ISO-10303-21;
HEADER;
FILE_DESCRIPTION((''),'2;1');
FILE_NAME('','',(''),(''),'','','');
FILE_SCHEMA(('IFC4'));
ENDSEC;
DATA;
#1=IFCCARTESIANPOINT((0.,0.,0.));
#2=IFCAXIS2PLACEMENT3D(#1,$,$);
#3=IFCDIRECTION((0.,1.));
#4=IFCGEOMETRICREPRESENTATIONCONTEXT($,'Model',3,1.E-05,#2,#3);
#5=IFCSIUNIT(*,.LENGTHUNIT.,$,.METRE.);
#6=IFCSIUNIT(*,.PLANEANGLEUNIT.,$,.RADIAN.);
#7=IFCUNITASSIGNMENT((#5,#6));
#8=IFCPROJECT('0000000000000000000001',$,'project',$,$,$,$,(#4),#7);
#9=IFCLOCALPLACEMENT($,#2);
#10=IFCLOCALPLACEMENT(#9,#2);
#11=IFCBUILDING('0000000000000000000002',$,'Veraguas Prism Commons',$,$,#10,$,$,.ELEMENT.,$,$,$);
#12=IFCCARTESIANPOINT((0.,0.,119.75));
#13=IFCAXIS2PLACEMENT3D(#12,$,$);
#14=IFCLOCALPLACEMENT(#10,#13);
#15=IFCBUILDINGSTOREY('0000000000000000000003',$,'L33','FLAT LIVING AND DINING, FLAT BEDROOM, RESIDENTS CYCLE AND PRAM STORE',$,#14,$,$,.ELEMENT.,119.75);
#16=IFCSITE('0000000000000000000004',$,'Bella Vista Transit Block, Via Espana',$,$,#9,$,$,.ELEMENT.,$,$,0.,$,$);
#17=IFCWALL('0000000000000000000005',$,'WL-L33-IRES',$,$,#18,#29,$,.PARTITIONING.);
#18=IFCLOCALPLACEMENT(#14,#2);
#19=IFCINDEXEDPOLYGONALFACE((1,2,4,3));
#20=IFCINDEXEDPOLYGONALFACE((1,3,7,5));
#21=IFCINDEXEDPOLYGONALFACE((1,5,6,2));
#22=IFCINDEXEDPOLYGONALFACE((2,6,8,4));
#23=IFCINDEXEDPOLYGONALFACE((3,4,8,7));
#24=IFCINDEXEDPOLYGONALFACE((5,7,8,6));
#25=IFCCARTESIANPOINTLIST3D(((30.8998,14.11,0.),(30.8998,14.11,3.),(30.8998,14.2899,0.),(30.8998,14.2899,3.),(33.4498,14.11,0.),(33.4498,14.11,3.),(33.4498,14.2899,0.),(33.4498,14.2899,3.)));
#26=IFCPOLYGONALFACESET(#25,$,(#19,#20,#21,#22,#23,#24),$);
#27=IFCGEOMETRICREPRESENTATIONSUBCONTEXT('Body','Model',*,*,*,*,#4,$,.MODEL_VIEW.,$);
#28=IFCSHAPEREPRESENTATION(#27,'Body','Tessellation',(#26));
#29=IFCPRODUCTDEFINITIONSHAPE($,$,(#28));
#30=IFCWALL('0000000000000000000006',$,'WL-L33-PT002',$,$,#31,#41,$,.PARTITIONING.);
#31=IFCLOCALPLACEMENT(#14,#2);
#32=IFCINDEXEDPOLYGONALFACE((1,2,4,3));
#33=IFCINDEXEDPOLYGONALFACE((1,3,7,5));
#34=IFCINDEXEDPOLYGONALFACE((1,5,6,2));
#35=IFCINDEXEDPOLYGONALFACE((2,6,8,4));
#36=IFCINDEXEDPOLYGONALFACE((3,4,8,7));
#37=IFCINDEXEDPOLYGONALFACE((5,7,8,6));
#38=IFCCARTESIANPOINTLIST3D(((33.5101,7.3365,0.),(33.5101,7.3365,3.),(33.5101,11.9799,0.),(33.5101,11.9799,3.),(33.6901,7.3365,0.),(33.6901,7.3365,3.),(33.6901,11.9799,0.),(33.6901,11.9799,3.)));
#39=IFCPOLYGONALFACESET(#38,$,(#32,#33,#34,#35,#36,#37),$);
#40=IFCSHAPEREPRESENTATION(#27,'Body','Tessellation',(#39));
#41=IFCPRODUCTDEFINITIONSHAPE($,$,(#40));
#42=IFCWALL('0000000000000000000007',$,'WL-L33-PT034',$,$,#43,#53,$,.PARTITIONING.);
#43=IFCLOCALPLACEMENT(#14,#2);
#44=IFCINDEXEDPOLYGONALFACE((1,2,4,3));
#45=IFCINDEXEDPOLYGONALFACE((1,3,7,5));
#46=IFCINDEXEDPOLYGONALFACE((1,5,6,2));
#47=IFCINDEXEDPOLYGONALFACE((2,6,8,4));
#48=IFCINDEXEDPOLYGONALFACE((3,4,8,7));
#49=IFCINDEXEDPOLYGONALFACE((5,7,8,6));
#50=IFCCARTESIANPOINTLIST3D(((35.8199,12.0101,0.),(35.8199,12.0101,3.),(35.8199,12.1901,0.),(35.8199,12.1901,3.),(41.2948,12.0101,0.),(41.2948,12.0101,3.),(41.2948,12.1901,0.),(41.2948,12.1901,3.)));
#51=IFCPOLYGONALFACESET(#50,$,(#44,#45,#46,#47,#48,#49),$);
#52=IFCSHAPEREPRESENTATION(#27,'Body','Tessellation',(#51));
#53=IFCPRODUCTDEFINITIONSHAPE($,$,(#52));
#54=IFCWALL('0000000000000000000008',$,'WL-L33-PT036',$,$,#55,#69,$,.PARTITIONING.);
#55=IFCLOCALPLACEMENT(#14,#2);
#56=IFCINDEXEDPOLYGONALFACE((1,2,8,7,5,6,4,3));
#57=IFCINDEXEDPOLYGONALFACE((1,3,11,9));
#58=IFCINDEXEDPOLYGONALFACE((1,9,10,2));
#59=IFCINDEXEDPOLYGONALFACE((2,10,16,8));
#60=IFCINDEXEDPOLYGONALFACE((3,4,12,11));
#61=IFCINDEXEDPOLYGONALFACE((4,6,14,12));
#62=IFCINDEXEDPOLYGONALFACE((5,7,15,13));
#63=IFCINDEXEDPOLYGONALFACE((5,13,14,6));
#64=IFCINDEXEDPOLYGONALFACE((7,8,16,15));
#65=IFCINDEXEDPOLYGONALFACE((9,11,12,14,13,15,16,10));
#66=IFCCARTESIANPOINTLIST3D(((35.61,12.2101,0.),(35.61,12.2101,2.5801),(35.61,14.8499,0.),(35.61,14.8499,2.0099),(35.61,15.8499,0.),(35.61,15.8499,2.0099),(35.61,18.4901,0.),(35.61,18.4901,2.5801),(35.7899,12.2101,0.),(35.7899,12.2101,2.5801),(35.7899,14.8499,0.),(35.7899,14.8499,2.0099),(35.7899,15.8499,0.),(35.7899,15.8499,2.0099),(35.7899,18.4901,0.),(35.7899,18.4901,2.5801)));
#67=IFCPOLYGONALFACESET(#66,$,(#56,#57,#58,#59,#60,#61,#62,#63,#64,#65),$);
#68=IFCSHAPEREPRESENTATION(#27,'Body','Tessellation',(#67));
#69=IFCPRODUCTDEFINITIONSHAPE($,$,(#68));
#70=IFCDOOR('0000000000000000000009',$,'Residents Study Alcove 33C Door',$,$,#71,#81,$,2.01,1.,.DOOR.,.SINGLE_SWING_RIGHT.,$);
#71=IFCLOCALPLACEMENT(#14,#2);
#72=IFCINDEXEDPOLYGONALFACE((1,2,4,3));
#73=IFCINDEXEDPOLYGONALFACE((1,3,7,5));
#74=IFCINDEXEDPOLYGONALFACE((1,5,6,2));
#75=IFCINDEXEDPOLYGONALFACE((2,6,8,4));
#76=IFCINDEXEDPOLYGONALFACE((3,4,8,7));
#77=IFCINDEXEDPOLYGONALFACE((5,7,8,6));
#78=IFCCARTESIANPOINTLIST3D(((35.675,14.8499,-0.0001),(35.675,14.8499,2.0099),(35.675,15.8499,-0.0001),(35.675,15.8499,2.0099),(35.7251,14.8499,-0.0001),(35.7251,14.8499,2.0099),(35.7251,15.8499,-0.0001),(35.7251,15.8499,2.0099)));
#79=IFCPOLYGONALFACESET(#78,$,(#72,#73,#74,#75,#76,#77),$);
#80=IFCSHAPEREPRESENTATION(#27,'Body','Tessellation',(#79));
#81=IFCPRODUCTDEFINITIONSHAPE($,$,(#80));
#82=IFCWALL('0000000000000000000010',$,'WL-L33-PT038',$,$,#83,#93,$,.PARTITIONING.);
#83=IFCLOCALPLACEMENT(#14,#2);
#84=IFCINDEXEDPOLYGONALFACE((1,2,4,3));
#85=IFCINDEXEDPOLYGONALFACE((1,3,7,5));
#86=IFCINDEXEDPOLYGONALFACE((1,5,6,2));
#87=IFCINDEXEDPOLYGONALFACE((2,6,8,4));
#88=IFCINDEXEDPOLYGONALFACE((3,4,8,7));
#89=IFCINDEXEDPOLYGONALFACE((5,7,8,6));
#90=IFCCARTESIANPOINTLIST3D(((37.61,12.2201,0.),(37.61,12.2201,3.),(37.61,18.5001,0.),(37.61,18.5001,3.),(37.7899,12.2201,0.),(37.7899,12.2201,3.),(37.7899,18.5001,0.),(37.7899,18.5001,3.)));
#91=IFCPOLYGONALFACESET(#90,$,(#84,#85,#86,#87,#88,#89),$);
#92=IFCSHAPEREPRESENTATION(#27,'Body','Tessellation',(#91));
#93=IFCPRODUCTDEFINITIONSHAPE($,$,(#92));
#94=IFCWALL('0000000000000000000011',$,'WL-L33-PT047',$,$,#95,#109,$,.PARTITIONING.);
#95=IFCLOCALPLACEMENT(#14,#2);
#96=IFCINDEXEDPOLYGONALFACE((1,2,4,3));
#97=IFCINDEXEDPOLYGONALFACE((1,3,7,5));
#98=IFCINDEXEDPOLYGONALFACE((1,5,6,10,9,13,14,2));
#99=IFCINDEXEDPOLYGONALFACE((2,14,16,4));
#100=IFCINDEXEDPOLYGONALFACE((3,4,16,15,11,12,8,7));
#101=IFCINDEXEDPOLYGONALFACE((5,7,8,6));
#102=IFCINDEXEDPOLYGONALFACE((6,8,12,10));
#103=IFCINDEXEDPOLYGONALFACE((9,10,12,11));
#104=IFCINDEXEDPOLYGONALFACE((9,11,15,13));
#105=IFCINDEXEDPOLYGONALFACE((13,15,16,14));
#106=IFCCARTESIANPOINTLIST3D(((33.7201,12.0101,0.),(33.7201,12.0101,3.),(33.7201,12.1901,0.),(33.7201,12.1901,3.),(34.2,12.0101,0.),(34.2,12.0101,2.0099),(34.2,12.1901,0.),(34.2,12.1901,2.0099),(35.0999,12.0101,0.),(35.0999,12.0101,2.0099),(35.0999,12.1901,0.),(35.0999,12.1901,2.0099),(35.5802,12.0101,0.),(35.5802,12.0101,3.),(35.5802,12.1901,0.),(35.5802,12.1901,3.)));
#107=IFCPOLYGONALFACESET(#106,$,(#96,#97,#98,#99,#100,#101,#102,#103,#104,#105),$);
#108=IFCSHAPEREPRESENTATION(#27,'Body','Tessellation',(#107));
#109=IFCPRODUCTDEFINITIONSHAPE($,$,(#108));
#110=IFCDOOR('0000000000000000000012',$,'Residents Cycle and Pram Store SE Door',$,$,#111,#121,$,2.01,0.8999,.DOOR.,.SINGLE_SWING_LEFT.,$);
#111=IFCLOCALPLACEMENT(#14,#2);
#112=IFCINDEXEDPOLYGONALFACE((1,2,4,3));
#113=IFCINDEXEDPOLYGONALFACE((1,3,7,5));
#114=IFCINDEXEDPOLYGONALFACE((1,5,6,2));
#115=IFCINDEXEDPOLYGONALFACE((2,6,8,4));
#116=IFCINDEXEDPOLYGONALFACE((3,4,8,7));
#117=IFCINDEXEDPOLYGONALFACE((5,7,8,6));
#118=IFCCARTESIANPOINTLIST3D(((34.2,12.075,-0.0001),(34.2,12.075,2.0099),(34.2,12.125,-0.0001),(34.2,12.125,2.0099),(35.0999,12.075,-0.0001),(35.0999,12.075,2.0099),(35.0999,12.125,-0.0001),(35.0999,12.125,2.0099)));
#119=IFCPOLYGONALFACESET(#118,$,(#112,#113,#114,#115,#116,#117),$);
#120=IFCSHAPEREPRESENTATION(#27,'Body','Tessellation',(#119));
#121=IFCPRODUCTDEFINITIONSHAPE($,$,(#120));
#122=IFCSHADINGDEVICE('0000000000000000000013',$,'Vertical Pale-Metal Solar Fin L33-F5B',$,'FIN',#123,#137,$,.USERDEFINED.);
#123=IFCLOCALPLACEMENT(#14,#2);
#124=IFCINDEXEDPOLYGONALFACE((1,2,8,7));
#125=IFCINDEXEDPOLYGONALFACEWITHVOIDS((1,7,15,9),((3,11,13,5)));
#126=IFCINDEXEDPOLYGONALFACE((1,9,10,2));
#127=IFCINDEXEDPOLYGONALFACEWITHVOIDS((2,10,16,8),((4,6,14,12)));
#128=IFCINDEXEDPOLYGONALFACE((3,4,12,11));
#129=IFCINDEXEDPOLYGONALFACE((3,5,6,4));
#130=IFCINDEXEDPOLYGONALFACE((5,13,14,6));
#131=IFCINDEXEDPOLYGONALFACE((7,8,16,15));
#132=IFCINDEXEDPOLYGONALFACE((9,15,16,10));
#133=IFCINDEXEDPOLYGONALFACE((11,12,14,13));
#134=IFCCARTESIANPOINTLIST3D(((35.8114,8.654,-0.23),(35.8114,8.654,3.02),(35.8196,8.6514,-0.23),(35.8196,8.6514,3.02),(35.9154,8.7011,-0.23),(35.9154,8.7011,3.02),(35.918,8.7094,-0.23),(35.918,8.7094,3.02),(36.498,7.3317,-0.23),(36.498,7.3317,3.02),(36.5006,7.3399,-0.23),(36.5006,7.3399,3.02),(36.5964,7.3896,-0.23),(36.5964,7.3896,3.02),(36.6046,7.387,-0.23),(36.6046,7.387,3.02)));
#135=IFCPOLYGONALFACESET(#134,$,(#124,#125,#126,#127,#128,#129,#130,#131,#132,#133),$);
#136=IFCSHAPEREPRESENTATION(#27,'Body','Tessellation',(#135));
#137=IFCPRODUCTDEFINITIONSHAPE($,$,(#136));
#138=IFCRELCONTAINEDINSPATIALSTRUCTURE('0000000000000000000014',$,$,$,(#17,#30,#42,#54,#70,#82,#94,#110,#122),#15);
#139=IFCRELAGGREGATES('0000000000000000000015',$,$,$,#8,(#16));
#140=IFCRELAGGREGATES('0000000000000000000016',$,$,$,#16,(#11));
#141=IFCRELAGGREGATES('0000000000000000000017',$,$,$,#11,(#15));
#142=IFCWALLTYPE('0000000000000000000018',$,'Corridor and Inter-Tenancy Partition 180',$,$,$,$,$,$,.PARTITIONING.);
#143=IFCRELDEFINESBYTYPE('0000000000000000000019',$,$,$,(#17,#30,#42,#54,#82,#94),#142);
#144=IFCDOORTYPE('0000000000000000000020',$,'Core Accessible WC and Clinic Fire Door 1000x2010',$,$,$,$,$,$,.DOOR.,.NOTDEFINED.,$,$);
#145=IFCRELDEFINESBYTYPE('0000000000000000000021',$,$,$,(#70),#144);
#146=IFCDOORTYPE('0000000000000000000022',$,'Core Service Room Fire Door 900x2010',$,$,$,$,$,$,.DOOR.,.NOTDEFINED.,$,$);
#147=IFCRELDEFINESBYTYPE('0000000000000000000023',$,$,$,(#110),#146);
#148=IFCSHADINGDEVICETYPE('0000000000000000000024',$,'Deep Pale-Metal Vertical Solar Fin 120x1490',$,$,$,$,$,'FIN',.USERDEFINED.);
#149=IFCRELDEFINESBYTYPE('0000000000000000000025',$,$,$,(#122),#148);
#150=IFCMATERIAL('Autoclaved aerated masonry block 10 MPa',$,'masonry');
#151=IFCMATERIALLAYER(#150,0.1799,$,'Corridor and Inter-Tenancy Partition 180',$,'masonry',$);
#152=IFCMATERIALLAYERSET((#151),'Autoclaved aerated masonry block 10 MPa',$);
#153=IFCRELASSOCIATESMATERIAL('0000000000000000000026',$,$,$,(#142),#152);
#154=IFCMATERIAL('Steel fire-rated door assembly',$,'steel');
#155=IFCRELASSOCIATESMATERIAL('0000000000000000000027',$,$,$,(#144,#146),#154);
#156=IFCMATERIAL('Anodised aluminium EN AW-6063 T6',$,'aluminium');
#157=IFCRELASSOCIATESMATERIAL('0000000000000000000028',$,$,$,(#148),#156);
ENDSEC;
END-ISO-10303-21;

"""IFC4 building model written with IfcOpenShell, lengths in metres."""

from ifc_helpers import new_model, si_unit, direction, frame, frame_2d, origin, origin_2d, place, context, subcontext, project, spatial, rectangle, hollow_rectangle, extrude, source, transform, mapped, material, layer, layer_set, material_profile, profile_set, type_object, element, fill, save


model = new_model("IFC4")

# Units and contexts
model_context = context("Model", 3, precision=1e-05, world=origin(), true_north=direction((0.0, 1.0)))
body_context = subcontext(model_context, "Body", "Model", "MODEL_VIEW")
ifc_project = project(units=[si_unit("LENGTHUNIT", "METRE"), si_unit("PLANEANGLEUNIT", "RADIAN")], contexts=[model_context])

# Site, building, storey
site_placement = place(None, origin())
site = spatial("IfcSite", under=ifc_project, at=site_placement, Name="Bella Vista Transit Block, Via Espana", CompositionType="ELEMENT", RefElevation=0.0)
building_placement = place(site_placement, origin())
building = spatial("IfcBuilding", under=site, at=building_placement, Name="Veraguas Prism Commons", CompositionType="ELEMENT")
storey_placement = place(building_placement, frame((0.0, 0.0, 119.75)))
storey = spatial("IfcBuildingStorey", under=building, at=storey_placement, Name="L33", Description="FLAT LIVING AND DINING, FLAT BEDROOM, RESIDENTS CYCLE AND PRAM STORE", CompositionType="ELEMENT", Elevation=119.75)

# Shared definitions
ifc_material_1 = material(Name="Anodised aluminium EN AW-6063 T6", Category="aluminium")

# Walls
ifc_material_2 = material(Name="Autoclaved aerated masonry block 10 MPa", Category="masonry")
ifc_layer_1 = layer(ifc_material_2, 0.1799, Name="Corridor and Inter-Tenancy Partition 180", Category="masonry")
ifc_layer_set_1 = layer_set([ifc_layer_1], Name="Autoclaved aerated masonry block 10 MPa")
wall_type = type_object("IfcWallType", Name="Corridor and Inter-Tenancy Partition 180", PredefinedType="PARTITIONING", material=ifc_layer_set_1)
wall_1_placement = place(storey_placement, frame((30.8999, 14.2, 0.0), z_axis=(0.0, 0.0, 1.0), x_axis=(1.0, 0.0, 0.0)))
element("IfcWall", 1, at=wall_1_placement, inside=storey, type_object=wall_type, Name="WL-L33-IRES", PredefinedType="PARTITIONING", context=body_context, shape_type="SweptSolid", body=[
    extrude(rectangle(XDim=2.55, YDim=0.1799, at=frame_2d((1.2749, 0.0))), origin(), (0.0, 0.0, 1.0), 3.0),
])
wall_2_placement = place(storey_placement, frame((33.6001, 11.98, 0.0), z_axis=(0.0, 0.0, 1.0), x_axis=(0.0, -1.0, 0.0)))
element("IfcWall", 2, at=wall_2_placement, inside=storey, type_object=wall_type, Name="WL-L33-PT002", PredefinedType="PARTITIONING", context=body_context, shape_type="SweptSolid", body=[
    extrude(rectangle(XDim=4.6433, YDim=0.1799, at=frame_2d((2.3218, 0.0))), origin(), (0.0, 0.0, 1.0), 3.0),
])
wall_3_placement = place(storey_placement, frame((35.8201, 12.1001, 0.0), z_axis=(0.0, 0.0, 1.0), x_axis=(1.0, 0.0, 0.0)))
element("IfcWall", 3, at=wall_3_placement, inside=storey, type_object=wall_type, Name="WL-L33-PT034", PredefinedType="PARTITIONING", context=body_context, shape_type="SweptSolid", body=[
    extrude(rectangle(XDim=5.4749, YDim=0.1799, at=frame_2d((2.7373, 0.0))), origin(), (0.0, 0.0, 1.0), 3.0),
])

# Wall, opening, door
wall_4_placement = place(storey_placement, frame((35.7, 12.21, 0.0), z_axis=(0.0, 0.0, 1.0), x_axis=(0.0, 1.0, 0.0)))
wall_4 = element("IfcWall", 4, at=wall_4_placement, inside=storey, type_object=wall_type, Name="WL-L33-PT036", PredefinedType="PARTITIONING", context=body_context, shape_type="SweptSolid", body=[
    extrude(rectangle(XDim=6.28, YDim=0.1799, at=frame_2d((3.1401, 0.0))), origin(), (0.0, 0.0, 1.0), 2.5801),
])
opening_1_placement = place(wall_4_placement, frame((2.6399, 0.0, 0.0)))
opening_1 = element("IfcOpeningElement", 5, at=opening_1_placement, cuts=wall_4, PredefinedType="OPENING", context=body_context, shape_type="SweptSolid", body=[
    extrude(rectangle(XDim=1.0, YDim=2.01, at=frame_2d((0.5, 1.0049))), frame((0.0, 0.0999, 0.0), z_axis=(0.0, -1.0, 0.0), x_axis=(1.0, 0.0, 0.0)), (0.0, 0.0, 1.0), 0.2),
])
ifc_material_3 = material(Name="Steel fire-rated door assembly", Category="steel")
door_type_1 = type_object("IfcDoorType", Name="Core Accessible WC and Clinic Fire Door 1000x2010", OperationType="NOTDEFINED", PredefinedType="DOOR", material=ifc_material_3)
shared_shape_1 = source(origin(), body_context, "Body", "SweptSolid", [
    extrude(rectangle(XDim=1.0, YDim=2.01, at=frame_2d((0.5, 1.0049))), frame((0.0, 0.0249, 0.0), z_axis=(0.0, -1.0, 0.0), x_axis=(1.0, 0.0, 0.0)), (0.0, 0.0, 1.0), 0.05),
])
door_1_placement = place(opening_1_placement, origin())
door_1 = element("IfcDoor", 6, at=door_1_placement, inside=storey, type_object=door_type_1, Name="Residents Study Alcove 33C Door", OperationType="SINGLE_SWING_RIGHT", OverallHeight=2.01, OverallWidth=1.0, PredefinedType="DOOR", context=body_context, shape_type="MappedRepresentation", body=[
    mapped(shared_shape_1, transform((0.0, 0.0, 0.0), scale=1.0)),
])
fill(opening_1, door_1)

# Wall
wall_5_placement = place(storey_placement, frame((37.7, 12.22, 0.0), z_axis=(0.0, 0.0, 1.0), x_axis=(0.0, 1.0, 0.0)))
element("IfcWall", 7, at=wall_5_placement, inside=storey, type_object=wall_type, Name="WL-L33-PT038", PredefinedType="PARTITIONING", context=body_context, shape_type="SweptSolid", body=[
    extrude(rectangle(XDim=6.28, YDim=0.1799, at=frame_2d((3.1401, 0.0))), origin(), (0.0, 0.0, 1.0), 3.0),
])

# Wall, opening, door
wall_6_placement = place(storey_placement, frame((33.72, 12.1001, 0.0), z_axis=(0.0, 0.0, 1.0), x_axis=(1.0, 0.0, 0.0)))
wall_6 = element("IfcWall", 8, at=wall_6_placement, inside=storey, type_object=wall_type, Name="WL-L33-PT047", PredefinedType="PARTITIONING", context=body_context, shape_type="SweptSolid", body=[
    extrude(rectangle(XDim=1.8601, YDim=0.1799, at=frame_2d((0.9302, 0.0))), origin(), (0.0, 0.0, 1.0), 3.0),
])
opening_2_placement = place(wall_6_placement, frame((0.48, 0.0, 0.0)))
opening_2 = element("IfcOpeningElement", 9, at=opening_2_placement, cuts=wall_6, PredefinedType="OPENING", context=body_context, shape_type="SweptSolid", body=[
    extrude(rectangle(XDim=0.8999, YDim=2.01, at=frame_2d((0.45, 1.0049))), frame((0.0, 0.0999, 0.0), z_axis=(0.0, -1.0, 0.0), x_axis=(1.0, 0.0, 0.0)), (0.0, 0.0, 1.0), 0.2),
])
door_type_2 = type_object("IfcDoorType", Name="Core Service Room Fire Door 900x2010", OperationType="NOTDEFINED", PredefinedType="DOOR", material=ifc_material_3)
shared_shape_2 = source(origin(), body_context, "Body", "SweptSolid", [
    extrude(rectangle(XDim=0.8999, YDim=2.01, at=frame_2d((0.45, 1.0049))), frame((0.0, 0.0249, 0.0), z_axis=(0.0, -1.0, 0.0), x_axis=(1.0, 0.0, 0.0)), (0.0, 0.0, 1.0), 0.05),
])
door_2_placement = place(opening_2_placement, origin())
door_2 = element("IfcDoor", 10, at=door_2_placement, inside=storey, type_object=door_type_2, Name="Residents Cycle and Pram Store SE Door", OperationType="SINGLE_SWING_LEFT", OverallHeight=2.01, OverallWidth=0.8999, PredefinedType="DOOR", context=body_context, shape_type="MappedRepresentation", body=[
    mapped(shared_shape_2, transform((0.0, 0.0, 0.0), scale=1.0)),
])
fill(opening_2, door_2)

# Shading device
ifc_material_profile_1 = material_profile(ifc_material_1, hollow_rectangle(XDim=0.1201, YDim=1.49, WallThickness=0.0061, at=origin_2d()), Name="FIN120X1490X6")
ifc_profile_set_1 = profile_set([ifc_material_profile_1], Name="Anodised aluminium EN AW-6063 T6")
shading_device_type = type_object("IfcShadingDeviceType", Name="Deep Pale-Metal Vertical Solar Fin 120x1490", ElementType="FIN", PredefinedType="USERDEFINED", material=ifc_profile_set_1)
shading_device_placement = place(storey_placement, frame((36.208, 8.0205, -0.23), z_axis=(0.0, 0.0, 1.0), x_axis=(0.887495, 0.460818, 0.0)))
element("IfcShadingDevice", 11, at=shading_device_placement, inside=storey, type_object=shading_device_type, Name="Vertical Pale-Metal Solar Fin L33-F5B", ObjectType="FIN", PredefinedType="USERDEFINED", context=body_context, shape_type="SweptSolid", body=[
    extrude(hollow_rectangle(XDim=0.1201, YDim=1.49, WallThickness=0.0061, at=origin_2d()), origin(), (0.0, 0.0, 1.0), 3.25),
])

save(model, "model.ifc")
